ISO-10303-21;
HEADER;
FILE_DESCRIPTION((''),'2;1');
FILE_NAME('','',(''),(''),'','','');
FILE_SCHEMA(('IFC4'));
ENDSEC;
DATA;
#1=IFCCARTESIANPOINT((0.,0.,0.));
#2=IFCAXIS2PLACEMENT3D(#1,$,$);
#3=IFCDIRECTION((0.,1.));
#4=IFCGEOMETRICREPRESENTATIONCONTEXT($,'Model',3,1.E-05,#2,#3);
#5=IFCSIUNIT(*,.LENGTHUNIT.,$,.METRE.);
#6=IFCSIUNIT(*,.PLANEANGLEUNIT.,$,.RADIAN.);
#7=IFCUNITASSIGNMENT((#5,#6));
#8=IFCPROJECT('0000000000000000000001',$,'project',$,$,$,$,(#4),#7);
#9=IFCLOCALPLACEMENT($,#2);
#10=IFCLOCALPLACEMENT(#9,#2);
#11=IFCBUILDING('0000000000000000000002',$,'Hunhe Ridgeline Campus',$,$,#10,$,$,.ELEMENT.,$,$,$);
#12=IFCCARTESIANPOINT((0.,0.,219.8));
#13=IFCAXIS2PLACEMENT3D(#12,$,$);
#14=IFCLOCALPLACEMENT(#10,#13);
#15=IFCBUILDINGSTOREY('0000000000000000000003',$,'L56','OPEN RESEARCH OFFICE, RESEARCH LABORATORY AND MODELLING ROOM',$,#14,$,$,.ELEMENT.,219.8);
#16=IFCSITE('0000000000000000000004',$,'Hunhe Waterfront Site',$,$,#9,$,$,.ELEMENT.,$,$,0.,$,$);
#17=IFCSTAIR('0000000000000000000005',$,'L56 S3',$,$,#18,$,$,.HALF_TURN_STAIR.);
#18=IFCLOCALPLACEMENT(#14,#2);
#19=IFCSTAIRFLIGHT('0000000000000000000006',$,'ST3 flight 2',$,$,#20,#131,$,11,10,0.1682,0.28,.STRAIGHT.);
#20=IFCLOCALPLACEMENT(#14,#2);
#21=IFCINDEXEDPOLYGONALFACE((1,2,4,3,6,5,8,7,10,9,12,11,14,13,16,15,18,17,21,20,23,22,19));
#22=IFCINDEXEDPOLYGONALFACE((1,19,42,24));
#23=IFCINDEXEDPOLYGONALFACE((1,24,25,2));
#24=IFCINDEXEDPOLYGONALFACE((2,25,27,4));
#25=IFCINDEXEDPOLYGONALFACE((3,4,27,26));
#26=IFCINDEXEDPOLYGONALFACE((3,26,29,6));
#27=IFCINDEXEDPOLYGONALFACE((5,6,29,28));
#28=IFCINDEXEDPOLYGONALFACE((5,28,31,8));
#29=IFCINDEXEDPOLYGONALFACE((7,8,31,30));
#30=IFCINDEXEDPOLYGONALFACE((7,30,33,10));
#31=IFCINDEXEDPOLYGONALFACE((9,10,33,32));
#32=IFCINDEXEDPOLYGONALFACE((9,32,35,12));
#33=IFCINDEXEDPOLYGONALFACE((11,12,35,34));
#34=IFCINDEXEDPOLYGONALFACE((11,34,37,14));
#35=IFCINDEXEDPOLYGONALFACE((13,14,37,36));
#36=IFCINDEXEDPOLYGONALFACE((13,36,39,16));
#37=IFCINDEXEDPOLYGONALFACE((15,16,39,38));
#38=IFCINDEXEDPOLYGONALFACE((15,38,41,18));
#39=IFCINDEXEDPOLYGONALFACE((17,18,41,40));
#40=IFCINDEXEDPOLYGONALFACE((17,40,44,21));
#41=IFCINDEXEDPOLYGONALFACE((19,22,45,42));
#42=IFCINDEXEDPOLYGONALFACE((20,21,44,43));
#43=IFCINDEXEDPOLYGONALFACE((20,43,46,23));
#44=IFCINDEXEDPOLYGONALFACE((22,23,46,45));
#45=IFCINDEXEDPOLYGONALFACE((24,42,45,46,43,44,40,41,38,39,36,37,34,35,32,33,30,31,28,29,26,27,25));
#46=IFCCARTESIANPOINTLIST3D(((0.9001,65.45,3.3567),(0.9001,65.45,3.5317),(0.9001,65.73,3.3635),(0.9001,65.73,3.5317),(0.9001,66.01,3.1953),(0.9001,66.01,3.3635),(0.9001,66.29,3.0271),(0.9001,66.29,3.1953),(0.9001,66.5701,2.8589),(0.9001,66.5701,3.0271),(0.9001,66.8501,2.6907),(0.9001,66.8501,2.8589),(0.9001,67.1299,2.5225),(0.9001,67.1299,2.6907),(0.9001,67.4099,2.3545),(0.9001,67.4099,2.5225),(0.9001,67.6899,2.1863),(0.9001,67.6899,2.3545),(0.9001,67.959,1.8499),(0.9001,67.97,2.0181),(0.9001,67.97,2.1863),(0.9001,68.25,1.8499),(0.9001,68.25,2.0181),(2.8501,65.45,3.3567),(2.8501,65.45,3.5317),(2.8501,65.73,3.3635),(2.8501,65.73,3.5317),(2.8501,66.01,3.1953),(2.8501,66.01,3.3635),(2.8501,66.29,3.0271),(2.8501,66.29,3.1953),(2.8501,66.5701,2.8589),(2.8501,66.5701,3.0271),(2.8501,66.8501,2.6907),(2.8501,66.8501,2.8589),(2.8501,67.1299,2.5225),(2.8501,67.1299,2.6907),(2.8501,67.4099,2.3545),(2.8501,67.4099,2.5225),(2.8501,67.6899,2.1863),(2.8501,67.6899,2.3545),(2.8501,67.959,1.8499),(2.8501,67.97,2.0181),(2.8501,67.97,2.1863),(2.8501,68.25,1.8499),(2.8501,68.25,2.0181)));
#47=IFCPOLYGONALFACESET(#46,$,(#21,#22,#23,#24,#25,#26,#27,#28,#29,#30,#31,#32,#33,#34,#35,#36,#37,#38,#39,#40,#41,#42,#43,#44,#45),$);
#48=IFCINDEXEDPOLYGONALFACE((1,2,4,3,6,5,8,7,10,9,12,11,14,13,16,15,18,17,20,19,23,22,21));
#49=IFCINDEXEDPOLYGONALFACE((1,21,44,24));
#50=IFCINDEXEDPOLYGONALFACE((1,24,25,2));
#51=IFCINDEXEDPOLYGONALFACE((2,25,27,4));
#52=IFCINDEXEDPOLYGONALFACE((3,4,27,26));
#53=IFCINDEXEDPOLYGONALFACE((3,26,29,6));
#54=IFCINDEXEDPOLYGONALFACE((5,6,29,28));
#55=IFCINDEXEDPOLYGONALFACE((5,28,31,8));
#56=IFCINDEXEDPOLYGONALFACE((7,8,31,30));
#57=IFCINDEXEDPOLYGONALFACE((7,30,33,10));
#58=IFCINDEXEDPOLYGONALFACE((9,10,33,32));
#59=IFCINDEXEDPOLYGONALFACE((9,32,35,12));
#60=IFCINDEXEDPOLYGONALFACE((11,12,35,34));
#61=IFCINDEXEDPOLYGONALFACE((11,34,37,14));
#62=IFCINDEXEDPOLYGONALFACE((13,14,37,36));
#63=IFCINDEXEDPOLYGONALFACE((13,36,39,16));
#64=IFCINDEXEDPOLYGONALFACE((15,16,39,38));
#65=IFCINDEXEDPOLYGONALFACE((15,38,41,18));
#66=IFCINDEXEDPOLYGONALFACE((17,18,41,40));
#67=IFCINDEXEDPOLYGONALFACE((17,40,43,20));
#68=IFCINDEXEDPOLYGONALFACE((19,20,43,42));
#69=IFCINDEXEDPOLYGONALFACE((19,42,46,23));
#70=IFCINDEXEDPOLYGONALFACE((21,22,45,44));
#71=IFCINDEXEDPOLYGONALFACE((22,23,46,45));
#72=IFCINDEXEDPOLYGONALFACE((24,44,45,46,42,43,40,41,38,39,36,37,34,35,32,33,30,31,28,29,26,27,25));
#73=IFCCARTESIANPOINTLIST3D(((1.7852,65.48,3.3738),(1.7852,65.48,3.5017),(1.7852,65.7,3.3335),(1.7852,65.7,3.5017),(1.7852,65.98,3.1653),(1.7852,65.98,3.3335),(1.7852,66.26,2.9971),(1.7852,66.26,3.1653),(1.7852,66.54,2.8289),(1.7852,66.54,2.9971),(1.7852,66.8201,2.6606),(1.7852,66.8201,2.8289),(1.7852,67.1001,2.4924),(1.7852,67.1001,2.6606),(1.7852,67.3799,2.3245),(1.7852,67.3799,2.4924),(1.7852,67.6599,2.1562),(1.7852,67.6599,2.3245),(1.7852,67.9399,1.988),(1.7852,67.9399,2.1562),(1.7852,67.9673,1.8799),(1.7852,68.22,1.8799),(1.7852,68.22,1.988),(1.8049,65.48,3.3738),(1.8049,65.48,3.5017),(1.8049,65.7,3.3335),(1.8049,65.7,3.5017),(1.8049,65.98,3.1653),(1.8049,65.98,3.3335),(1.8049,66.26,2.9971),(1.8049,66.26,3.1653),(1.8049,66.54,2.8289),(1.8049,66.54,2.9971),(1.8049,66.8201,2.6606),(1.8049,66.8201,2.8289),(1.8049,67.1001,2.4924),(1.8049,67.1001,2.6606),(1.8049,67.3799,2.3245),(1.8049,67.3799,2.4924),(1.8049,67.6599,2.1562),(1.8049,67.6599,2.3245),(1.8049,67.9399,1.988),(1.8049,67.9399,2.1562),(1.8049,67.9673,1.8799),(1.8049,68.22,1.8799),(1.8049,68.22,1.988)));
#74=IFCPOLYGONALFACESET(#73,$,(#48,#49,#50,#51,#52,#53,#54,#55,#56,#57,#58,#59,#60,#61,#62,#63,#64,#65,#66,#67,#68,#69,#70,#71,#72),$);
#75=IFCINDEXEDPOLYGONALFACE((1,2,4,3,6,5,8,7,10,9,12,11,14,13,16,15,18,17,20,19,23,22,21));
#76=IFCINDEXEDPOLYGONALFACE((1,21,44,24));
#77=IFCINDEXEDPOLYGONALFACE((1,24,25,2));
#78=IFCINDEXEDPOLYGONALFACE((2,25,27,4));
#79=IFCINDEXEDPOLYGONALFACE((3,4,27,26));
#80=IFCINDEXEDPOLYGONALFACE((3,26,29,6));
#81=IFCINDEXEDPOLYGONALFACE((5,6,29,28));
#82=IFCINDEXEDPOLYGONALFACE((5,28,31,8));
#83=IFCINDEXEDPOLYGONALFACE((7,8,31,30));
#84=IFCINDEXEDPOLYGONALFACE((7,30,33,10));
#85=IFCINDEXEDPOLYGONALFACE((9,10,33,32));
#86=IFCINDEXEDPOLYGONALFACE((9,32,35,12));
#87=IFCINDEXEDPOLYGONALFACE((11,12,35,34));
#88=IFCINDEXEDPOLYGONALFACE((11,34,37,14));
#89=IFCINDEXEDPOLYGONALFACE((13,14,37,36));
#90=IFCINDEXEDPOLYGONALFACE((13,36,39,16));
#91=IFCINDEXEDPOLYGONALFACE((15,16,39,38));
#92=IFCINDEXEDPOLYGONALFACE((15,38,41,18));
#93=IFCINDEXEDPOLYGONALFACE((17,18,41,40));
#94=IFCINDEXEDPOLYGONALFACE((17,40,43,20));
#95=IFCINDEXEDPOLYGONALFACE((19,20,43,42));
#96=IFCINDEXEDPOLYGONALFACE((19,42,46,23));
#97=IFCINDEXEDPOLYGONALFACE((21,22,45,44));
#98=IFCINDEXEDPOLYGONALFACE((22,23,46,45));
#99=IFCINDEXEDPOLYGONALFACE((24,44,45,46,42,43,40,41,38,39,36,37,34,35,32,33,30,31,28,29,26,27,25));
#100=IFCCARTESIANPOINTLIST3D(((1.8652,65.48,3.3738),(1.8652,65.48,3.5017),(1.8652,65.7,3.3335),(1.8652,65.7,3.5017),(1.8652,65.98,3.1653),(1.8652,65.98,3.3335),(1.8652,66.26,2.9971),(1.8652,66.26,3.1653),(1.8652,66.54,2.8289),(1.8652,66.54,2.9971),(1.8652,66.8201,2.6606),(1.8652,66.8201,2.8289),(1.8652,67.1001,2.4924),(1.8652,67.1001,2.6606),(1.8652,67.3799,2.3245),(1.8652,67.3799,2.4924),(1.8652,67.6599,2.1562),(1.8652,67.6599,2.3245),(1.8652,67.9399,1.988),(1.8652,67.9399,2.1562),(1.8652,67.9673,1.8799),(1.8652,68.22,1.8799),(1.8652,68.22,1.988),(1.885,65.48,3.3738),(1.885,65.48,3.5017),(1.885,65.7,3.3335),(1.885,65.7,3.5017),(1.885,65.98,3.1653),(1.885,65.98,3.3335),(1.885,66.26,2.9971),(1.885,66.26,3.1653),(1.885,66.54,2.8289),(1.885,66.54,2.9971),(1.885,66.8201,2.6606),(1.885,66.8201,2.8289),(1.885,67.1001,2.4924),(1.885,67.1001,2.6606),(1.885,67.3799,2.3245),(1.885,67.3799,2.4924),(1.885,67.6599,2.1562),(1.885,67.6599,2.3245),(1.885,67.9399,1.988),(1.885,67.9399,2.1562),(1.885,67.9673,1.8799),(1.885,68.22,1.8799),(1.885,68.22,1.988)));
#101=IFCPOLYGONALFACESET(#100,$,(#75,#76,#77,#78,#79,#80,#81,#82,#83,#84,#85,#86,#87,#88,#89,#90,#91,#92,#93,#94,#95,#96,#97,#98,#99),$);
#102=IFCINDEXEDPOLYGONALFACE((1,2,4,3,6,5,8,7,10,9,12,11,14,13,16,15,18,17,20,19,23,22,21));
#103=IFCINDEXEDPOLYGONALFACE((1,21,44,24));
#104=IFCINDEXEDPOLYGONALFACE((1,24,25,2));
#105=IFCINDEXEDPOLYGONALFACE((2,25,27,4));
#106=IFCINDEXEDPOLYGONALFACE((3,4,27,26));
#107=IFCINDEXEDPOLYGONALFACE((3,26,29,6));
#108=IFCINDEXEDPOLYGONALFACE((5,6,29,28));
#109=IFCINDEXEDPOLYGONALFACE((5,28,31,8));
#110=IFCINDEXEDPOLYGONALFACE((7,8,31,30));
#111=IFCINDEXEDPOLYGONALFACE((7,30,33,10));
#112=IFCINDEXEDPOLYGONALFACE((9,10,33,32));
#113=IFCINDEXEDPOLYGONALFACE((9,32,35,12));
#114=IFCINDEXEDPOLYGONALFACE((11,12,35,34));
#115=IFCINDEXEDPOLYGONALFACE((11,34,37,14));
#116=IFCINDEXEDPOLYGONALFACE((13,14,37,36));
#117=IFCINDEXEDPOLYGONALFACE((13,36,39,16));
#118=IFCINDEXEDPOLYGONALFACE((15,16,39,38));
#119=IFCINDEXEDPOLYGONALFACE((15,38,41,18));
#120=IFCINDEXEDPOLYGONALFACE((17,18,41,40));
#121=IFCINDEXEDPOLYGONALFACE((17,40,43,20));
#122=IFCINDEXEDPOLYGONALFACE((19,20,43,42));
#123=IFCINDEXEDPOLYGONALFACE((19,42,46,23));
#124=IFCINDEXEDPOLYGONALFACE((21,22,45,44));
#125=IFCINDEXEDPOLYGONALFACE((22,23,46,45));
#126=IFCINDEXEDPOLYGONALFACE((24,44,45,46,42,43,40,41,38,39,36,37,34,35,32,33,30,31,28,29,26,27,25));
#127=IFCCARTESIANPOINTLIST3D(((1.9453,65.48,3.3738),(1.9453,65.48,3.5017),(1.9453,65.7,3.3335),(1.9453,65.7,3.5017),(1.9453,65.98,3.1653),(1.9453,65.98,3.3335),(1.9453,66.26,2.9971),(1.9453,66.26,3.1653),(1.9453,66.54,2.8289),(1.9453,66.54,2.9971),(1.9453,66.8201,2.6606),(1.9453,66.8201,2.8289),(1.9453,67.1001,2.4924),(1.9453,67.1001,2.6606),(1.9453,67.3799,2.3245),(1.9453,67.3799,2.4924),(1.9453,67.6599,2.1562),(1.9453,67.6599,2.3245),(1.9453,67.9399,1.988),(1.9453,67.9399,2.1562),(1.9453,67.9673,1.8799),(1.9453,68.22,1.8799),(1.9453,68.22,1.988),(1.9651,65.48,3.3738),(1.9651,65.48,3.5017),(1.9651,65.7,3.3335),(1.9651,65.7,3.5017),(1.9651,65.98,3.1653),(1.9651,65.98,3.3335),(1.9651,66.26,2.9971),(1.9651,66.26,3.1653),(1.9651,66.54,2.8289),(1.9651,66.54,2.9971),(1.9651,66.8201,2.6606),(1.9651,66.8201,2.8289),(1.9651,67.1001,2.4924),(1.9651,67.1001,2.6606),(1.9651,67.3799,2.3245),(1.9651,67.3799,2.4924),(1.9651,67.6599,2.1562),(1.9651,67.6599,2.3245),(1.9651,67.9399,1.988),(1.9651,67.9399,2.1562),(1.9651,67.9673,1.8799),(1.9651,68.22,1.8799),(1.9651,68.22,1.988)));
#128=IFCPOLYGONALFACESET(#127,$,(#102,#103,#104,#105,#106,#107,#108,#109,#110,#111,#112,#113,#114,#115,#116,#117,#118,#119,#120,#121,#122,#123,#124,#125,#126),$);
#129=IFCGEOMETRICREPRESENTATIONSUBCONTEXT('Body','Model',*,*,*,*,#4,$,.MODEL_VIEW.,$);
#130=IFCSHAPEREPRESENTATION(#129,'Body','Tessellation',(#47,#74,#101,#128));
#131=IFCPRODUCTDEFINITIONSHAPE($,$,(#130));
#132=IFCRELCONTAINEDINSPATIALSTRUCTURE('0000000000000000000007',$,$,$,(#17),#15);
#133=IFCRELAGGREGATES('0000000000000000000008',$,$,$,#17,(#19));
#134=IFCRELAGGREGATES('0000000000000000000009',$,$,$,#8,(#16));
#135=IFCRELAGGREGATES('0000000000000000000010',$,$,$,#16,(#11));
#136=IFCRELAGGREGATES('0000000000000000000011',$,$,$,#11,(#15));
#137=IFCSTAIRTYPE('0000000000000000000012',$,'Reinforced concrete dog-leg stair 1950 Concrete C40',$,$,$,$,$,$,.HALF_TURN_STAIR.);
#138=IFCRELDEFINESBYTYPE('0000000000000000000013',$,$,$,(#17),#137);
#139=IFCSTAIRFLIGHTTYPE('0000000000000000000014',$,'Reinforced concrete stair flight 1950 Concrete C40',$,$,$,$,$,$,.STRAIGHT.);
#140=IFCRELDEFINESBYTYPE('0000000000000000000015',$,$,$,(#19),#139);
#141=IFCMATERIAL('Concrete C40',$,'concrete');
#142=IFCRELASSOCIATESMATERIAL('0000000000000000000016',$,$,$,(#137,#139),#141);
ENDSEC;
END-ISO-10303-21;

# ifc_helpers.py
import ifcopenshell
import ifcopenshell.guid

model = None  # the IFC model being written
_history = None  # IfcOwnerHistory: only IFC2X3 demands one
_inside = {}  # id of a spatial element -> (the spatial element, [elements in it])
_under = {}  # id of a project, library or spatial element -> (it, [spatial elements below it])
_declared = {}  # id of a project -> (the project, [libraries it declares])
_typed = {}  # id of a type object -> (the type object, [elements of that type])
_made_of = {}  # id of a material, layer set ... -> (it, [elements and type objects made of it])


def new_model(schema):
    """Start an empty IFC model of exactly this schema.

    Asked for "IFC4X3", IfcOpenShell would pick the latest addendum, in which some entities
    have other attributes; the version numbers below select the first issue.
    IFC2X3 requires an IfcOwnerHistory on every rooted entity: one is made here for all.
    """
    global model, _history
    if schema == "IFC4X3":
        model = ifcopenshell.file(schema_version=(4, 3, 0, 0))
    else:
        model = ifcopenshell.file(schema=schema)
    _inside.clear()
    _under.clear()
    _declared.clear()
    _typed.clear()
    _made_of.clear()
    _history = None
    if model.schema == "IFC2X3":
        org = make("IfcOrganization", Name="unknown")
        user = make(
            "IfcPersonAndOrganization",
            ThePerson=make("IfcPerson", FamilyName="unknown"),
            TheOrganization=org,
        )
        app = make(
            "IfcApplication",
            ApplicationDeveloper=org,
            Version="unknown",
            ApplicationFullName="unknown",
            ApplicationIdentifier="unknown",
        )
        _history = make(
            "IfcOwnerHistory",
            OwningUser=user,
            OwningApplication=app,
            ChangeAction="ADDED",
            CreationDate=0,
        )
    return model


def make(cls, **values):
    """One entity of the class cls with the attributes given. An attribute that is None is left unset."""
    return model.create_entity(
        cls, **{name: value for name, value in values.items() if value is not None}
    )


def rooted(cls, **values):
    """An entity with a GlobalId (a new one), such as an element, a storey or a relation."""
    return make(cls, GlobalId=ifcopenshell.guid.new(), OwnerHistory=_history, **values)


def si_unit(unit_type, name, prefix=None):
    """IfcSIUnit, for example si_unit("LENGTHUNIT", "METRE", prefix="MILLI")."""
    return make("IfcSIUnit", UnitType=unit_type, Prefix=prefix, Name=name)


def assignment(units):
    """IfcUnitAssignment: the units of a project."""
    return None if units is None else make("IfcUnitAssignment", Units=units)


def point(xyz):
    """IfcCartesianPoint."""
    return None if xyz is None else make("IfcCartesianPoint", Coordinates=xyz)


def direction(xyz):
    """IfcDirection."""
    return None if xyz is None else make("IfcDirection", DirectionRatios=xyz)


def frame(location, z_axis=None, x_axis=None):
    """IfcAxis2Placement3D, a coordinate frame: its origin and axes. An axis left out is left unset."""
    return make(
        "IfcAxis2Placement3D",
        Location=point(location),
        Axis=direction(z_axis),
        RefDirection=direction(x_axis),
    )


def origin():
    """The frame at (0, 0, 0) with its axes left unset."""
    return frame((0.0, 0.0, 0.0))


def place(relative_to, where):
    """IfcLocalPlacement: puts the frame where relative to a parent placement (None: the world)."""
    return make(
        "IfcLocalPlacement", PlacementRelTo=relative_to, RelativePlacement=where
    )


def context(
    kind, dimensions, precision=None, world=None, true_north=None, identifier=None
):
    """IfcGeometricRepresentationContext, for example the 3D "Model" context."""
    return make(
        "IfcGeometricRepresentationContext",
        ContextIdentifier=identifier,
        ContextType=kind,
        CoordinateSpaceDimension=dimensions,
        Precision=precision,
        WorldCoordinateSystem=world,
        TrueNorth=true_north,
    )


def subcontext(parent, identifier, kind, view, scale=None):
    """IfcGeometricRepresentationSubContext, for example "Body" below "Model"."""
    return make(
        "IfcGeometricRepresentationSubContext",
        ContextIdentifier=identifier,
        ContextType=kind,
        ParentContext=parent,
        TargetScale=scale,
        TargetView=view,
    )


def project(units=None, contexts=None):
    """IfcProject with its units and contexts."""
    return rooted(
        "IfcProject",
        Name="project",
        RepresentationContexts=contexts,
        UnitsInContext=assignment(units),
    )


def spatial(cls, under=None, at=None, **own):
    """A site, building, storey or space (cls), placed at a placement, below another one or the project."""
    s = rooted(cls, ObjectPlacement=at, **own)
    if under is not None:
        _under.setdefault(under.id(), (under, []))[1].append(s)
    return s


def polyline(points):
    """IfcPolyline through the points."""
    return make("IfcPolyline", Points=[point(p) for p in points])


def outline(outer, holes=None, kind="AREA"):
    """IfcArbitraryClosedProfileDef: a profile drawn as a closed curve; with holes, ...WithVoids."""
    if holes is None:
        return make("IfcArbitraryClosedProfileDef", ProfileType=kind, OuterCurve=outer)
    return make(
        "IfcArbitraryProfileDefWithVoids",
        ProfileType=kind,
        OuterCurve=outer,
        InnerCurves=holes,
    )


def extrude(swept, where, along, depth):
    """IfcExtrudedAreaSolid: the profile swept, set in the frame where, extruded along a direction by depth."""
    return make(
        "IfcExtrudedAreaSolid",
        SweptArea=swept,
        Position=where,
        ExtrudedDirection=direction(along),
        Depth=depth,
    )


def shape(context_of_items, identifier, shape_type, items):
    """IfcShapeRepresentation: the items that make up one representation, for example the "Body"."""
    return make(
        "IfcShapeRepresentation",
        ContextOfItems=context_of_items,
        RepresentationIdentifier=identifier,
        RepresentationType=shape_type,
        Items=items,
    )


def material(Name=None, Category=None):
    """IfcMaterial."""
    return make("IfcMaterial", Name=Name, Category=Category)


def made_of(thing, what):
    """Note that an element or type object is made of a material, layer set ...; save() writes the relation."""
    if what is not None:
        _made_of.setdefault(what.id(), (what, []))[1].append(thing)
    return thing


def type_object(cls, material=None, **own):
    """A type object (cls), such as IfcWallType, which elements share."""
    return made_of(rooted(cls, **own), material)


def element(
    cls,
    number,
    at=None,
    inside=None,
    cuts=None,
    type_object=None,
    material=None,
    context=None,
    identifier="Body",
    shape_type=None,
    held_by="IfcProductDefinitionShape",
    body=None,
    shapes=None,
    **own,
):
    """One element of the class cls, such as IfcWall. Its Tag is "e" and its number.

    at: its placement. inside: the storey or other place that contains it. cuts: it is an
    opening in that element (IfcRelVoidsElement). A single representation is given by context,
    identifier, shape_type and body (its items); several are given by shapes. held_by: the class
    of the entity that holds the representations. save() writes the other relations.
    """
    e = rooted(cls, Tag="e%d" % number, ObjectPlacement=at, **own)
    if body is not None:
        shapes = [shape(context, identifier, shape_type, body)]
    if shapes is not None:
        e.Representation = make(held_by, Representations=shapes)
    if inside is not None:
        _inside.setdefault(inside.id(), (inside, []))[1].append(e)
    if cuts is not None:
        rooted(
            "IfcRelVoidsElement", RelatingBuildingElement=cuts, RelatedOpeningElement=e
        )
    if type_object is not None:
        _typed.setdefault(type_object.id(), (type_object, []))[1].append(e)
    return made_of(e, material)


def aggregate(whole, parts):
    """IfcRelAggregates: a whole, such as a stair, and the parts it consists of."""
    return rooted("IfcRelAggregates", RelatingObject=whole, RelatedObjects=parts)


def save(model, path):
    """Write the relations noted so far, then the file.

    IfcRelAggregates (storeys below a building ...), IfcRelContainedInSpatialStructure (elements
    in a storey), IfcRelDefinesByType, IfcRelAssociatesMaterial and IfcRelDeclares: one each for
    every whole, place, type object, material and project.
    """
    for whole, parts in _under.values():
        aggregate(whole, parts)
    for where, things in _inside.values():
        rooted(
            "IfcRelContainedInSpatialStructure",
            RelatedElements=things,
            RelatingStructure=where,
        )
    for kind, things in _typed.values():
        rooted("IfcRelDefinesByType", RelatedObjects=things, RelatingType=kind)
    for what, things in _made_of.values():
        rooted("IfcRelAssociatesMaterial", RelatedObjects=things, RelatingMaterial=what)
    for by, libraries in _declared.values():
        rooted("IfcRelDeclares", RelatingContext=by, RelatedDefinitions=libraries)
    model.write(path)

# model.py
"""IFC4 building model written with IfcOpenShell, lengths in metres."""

from ifc_helpers import new_model, si_unit, direction, frame, origin, place, context, subcontext, project, spatial, polyline, outline, extrude, material, type_object, element, aggregate, save


model = new_model("IFC4")

# Units and contexts
model_context = context("Model", 3, precision=1e-05, world=origin(), true_north=direction((0.0, 1.0)))
body_context = subcontext(model_context, "Body", "Model", "MODEL_VIEW")
ifc_project = project(units=[si_unit("LENGTHUNIT", "METRE"), si_unit("PLANEANGLEUNIT", "RADIAN")], contexts=[model_context])

# Site, building, storey
site_placement = place(None, origin())
site = spatial("IfcSite", under=ifc_project, at=site_placement, Name="Hunhe Waterfront Site", CompositionType="ELEMENT", RefElevation=0.0)
building_placement = place(site_placement, origin())
building = spatial("IfcBuilding", under=site, at=building_placement, Name="Hunhe Ridgeline Campus", CompositionType="ELEMENT")
storey_placement = place(building_placement, frame((0.0, 0.0, 219.8)))
storey = spatial("IfcBuildingStorey", under=building, at=storey_placement, Name="L56", Description="OPEN RESEARCH OFFICE, RESEARCH LABORATORY AND MODELLING ROOM", CompositionType="ELEMENT", Elevation=219.8)

# Stair, stair flight
ifc_material_1 = material(Name="Concrete C40", Category="concrete")
stair_type = type_object("IfcStairType", Name="Reinforced concrete dog-leg stair 1950 Concrete C40", PredefinedType="HALF_TURN_STAIR", material=ifc_material_1)
stair_1_placement = place(storey_placement, origin())
stair_1 = element("IfcStair", 1, at=stair_1_placement, inside=storey, type_object=stair_type, Name="L56 S3", PredefinedType="HALF_TURN_STAIR")
stair_flight_type = type_object("IfcStairFlightType", Name="Reinforced concrete stair flight 1950 Concrete C40", PredefinedType="STRAIGHT", material=ifc_material_1)
stair_flight_1_placement = place(storey_placement, frame((1.875, 68.25, 1.8499), z_axis=(0.0, 0.0, 1.0), x_axis=(0.0, -1.0, 0.0)))
stair_flight_1 = element("IfcStairFlight", 2, at=stair_flight_1_placement, type_object=stair_flight_type, Name="ST3 flight 2", NumberOfRisers=11, NumberOfTreads=10, PredefinedType="STRAIGHT", RiserHeight=0.1682, TreadLength=0.28, context=body_context, shape_type="SweptSolid", body=[
    extrude(outline(polyline([(0.0, 0.0), (0.0, 0.1682), (0.28, 0.1682), (0.28, 0.3364), (0.5601, 0.3364), (0.5601, 0.5046), (0.8401, 0.5046), (0.8401, 0.6726), (1.1201, 0.6726), (1.1201, 0.8408), (1.3999, 0.8408), (1.3999, 1.009), (1.6799, 1.009), (1.6799, 1.1772), (1.96, 1.1772), (1.96, 1.3455), (2.24, 1.3455), (2.24, 1.5137), (2.52, 1.5137), (2.52, 1.6819), (2.8, 1.6819), (2.8, 1.8501), (2.8, 1.5068), (0.291, 0.0), (0.0, 0.0)])), frame((0.0, 0.9751, 0.0), z_axis=(0.0, -1.0, 0.0), x_axis=(1.0, 0.0, 0.0)), (0.0, 0.0, 1.0), 1.95),
    extrude(outline(polyline([(0.03, 0.03), (0.03, 0.1382), (0.3101, 0.1382), (0.3101, 0.3064), (0.5901, 0.3064), (0.5901, 0.4746), (0.8701, 0.4746), (0.8701, 0.6426), (1.1499, 0.6426), (1.1499, 0.8108), (1.4299, 0.8108), (1.4299, 0.979), (1.71, 0.979), (1.71, 1.1472), (1.99, 1.1472), (1.99, 1.3154), (2.27, 1.3154), (2.27, 1.4836), (2.55, 1.4836), (2.55, 1.6519), (2.77, 1.6519), (2.77, 1.5239), (0.2827, 0.03), (0.03, 0.03)])), frame((0.0, -0.0701, 0.0), z_axis=(0.0, -1.0, 0.0), x_axis=(1.0, 0.0, 0.0)), (0.0, 0.0, 1.0), 0.0198),
    extrude(outline(polyline([(0.03, 0.03), (0.03, 0.1382), (0.3101, 0.1382), (0.3101, 0.3064), (0.5901, 0.3064), (0.5901, 0.4746), (0.8701, 0.4746), (0.8701, 0.6426), (1.1499, 0.6426), (1.1499, 0.8108), (1.4299, 0.8108), (1.4299, 0.979), (1.71, 0.979), (1.71, 1.1472), (1.99, 1.1472), (1.99, 1.3154), (2.27, 1.3154), (2.27, 1.4836), (2.55, 1.4836), (2.55, 1.6519), (2.77, 1.6519), (2.77, 1.5239), (0.2827, 0.03), (0.03, 0.03)])), frame((0.0, 0.01, 0.0), z_axis=(0.0, -1.0, 0.0), x_axis=(1.0, 0.0, 0.0)), (0.0, 0.0, 1.0), 0.0198),
    extrude(outline(polyline([(0.03, 0.03), (0.03, 0.1382), (0.3101, 0.1382), (0.3101, 0.3064), (0.5901, 0.3064), (0.5901, 0.4746), (0.8701, 0.4746), (0.8701, 0.6426), (1.1499, 0.6426), (1.1499, 0.8108), (1.4299, 0.8108), (1.4299, 0.979), (1.71, 0.979), (1.71, 1.1472), (1.99, 1.1472), (1.99, 1.3154), (2.27, 1.3154), (2.27, 1.4836), (2.55, 1.4836), (2.55, 1.6519), (2.77, 1.6519), (2.77, 1.5239), (0.2827, 0.03), (0.03, 0.03)])), frame((0.0, 0.0901, 0.0), z_axis=(0.0, -1.0, 0.0), x_axis=(1.0, 0.0, 0.0)), (0.0, 0.0, 1.0), 0.0198),
])
aggregate(stair_1, [stair_flight_1])

save(model, "model.ifc")
